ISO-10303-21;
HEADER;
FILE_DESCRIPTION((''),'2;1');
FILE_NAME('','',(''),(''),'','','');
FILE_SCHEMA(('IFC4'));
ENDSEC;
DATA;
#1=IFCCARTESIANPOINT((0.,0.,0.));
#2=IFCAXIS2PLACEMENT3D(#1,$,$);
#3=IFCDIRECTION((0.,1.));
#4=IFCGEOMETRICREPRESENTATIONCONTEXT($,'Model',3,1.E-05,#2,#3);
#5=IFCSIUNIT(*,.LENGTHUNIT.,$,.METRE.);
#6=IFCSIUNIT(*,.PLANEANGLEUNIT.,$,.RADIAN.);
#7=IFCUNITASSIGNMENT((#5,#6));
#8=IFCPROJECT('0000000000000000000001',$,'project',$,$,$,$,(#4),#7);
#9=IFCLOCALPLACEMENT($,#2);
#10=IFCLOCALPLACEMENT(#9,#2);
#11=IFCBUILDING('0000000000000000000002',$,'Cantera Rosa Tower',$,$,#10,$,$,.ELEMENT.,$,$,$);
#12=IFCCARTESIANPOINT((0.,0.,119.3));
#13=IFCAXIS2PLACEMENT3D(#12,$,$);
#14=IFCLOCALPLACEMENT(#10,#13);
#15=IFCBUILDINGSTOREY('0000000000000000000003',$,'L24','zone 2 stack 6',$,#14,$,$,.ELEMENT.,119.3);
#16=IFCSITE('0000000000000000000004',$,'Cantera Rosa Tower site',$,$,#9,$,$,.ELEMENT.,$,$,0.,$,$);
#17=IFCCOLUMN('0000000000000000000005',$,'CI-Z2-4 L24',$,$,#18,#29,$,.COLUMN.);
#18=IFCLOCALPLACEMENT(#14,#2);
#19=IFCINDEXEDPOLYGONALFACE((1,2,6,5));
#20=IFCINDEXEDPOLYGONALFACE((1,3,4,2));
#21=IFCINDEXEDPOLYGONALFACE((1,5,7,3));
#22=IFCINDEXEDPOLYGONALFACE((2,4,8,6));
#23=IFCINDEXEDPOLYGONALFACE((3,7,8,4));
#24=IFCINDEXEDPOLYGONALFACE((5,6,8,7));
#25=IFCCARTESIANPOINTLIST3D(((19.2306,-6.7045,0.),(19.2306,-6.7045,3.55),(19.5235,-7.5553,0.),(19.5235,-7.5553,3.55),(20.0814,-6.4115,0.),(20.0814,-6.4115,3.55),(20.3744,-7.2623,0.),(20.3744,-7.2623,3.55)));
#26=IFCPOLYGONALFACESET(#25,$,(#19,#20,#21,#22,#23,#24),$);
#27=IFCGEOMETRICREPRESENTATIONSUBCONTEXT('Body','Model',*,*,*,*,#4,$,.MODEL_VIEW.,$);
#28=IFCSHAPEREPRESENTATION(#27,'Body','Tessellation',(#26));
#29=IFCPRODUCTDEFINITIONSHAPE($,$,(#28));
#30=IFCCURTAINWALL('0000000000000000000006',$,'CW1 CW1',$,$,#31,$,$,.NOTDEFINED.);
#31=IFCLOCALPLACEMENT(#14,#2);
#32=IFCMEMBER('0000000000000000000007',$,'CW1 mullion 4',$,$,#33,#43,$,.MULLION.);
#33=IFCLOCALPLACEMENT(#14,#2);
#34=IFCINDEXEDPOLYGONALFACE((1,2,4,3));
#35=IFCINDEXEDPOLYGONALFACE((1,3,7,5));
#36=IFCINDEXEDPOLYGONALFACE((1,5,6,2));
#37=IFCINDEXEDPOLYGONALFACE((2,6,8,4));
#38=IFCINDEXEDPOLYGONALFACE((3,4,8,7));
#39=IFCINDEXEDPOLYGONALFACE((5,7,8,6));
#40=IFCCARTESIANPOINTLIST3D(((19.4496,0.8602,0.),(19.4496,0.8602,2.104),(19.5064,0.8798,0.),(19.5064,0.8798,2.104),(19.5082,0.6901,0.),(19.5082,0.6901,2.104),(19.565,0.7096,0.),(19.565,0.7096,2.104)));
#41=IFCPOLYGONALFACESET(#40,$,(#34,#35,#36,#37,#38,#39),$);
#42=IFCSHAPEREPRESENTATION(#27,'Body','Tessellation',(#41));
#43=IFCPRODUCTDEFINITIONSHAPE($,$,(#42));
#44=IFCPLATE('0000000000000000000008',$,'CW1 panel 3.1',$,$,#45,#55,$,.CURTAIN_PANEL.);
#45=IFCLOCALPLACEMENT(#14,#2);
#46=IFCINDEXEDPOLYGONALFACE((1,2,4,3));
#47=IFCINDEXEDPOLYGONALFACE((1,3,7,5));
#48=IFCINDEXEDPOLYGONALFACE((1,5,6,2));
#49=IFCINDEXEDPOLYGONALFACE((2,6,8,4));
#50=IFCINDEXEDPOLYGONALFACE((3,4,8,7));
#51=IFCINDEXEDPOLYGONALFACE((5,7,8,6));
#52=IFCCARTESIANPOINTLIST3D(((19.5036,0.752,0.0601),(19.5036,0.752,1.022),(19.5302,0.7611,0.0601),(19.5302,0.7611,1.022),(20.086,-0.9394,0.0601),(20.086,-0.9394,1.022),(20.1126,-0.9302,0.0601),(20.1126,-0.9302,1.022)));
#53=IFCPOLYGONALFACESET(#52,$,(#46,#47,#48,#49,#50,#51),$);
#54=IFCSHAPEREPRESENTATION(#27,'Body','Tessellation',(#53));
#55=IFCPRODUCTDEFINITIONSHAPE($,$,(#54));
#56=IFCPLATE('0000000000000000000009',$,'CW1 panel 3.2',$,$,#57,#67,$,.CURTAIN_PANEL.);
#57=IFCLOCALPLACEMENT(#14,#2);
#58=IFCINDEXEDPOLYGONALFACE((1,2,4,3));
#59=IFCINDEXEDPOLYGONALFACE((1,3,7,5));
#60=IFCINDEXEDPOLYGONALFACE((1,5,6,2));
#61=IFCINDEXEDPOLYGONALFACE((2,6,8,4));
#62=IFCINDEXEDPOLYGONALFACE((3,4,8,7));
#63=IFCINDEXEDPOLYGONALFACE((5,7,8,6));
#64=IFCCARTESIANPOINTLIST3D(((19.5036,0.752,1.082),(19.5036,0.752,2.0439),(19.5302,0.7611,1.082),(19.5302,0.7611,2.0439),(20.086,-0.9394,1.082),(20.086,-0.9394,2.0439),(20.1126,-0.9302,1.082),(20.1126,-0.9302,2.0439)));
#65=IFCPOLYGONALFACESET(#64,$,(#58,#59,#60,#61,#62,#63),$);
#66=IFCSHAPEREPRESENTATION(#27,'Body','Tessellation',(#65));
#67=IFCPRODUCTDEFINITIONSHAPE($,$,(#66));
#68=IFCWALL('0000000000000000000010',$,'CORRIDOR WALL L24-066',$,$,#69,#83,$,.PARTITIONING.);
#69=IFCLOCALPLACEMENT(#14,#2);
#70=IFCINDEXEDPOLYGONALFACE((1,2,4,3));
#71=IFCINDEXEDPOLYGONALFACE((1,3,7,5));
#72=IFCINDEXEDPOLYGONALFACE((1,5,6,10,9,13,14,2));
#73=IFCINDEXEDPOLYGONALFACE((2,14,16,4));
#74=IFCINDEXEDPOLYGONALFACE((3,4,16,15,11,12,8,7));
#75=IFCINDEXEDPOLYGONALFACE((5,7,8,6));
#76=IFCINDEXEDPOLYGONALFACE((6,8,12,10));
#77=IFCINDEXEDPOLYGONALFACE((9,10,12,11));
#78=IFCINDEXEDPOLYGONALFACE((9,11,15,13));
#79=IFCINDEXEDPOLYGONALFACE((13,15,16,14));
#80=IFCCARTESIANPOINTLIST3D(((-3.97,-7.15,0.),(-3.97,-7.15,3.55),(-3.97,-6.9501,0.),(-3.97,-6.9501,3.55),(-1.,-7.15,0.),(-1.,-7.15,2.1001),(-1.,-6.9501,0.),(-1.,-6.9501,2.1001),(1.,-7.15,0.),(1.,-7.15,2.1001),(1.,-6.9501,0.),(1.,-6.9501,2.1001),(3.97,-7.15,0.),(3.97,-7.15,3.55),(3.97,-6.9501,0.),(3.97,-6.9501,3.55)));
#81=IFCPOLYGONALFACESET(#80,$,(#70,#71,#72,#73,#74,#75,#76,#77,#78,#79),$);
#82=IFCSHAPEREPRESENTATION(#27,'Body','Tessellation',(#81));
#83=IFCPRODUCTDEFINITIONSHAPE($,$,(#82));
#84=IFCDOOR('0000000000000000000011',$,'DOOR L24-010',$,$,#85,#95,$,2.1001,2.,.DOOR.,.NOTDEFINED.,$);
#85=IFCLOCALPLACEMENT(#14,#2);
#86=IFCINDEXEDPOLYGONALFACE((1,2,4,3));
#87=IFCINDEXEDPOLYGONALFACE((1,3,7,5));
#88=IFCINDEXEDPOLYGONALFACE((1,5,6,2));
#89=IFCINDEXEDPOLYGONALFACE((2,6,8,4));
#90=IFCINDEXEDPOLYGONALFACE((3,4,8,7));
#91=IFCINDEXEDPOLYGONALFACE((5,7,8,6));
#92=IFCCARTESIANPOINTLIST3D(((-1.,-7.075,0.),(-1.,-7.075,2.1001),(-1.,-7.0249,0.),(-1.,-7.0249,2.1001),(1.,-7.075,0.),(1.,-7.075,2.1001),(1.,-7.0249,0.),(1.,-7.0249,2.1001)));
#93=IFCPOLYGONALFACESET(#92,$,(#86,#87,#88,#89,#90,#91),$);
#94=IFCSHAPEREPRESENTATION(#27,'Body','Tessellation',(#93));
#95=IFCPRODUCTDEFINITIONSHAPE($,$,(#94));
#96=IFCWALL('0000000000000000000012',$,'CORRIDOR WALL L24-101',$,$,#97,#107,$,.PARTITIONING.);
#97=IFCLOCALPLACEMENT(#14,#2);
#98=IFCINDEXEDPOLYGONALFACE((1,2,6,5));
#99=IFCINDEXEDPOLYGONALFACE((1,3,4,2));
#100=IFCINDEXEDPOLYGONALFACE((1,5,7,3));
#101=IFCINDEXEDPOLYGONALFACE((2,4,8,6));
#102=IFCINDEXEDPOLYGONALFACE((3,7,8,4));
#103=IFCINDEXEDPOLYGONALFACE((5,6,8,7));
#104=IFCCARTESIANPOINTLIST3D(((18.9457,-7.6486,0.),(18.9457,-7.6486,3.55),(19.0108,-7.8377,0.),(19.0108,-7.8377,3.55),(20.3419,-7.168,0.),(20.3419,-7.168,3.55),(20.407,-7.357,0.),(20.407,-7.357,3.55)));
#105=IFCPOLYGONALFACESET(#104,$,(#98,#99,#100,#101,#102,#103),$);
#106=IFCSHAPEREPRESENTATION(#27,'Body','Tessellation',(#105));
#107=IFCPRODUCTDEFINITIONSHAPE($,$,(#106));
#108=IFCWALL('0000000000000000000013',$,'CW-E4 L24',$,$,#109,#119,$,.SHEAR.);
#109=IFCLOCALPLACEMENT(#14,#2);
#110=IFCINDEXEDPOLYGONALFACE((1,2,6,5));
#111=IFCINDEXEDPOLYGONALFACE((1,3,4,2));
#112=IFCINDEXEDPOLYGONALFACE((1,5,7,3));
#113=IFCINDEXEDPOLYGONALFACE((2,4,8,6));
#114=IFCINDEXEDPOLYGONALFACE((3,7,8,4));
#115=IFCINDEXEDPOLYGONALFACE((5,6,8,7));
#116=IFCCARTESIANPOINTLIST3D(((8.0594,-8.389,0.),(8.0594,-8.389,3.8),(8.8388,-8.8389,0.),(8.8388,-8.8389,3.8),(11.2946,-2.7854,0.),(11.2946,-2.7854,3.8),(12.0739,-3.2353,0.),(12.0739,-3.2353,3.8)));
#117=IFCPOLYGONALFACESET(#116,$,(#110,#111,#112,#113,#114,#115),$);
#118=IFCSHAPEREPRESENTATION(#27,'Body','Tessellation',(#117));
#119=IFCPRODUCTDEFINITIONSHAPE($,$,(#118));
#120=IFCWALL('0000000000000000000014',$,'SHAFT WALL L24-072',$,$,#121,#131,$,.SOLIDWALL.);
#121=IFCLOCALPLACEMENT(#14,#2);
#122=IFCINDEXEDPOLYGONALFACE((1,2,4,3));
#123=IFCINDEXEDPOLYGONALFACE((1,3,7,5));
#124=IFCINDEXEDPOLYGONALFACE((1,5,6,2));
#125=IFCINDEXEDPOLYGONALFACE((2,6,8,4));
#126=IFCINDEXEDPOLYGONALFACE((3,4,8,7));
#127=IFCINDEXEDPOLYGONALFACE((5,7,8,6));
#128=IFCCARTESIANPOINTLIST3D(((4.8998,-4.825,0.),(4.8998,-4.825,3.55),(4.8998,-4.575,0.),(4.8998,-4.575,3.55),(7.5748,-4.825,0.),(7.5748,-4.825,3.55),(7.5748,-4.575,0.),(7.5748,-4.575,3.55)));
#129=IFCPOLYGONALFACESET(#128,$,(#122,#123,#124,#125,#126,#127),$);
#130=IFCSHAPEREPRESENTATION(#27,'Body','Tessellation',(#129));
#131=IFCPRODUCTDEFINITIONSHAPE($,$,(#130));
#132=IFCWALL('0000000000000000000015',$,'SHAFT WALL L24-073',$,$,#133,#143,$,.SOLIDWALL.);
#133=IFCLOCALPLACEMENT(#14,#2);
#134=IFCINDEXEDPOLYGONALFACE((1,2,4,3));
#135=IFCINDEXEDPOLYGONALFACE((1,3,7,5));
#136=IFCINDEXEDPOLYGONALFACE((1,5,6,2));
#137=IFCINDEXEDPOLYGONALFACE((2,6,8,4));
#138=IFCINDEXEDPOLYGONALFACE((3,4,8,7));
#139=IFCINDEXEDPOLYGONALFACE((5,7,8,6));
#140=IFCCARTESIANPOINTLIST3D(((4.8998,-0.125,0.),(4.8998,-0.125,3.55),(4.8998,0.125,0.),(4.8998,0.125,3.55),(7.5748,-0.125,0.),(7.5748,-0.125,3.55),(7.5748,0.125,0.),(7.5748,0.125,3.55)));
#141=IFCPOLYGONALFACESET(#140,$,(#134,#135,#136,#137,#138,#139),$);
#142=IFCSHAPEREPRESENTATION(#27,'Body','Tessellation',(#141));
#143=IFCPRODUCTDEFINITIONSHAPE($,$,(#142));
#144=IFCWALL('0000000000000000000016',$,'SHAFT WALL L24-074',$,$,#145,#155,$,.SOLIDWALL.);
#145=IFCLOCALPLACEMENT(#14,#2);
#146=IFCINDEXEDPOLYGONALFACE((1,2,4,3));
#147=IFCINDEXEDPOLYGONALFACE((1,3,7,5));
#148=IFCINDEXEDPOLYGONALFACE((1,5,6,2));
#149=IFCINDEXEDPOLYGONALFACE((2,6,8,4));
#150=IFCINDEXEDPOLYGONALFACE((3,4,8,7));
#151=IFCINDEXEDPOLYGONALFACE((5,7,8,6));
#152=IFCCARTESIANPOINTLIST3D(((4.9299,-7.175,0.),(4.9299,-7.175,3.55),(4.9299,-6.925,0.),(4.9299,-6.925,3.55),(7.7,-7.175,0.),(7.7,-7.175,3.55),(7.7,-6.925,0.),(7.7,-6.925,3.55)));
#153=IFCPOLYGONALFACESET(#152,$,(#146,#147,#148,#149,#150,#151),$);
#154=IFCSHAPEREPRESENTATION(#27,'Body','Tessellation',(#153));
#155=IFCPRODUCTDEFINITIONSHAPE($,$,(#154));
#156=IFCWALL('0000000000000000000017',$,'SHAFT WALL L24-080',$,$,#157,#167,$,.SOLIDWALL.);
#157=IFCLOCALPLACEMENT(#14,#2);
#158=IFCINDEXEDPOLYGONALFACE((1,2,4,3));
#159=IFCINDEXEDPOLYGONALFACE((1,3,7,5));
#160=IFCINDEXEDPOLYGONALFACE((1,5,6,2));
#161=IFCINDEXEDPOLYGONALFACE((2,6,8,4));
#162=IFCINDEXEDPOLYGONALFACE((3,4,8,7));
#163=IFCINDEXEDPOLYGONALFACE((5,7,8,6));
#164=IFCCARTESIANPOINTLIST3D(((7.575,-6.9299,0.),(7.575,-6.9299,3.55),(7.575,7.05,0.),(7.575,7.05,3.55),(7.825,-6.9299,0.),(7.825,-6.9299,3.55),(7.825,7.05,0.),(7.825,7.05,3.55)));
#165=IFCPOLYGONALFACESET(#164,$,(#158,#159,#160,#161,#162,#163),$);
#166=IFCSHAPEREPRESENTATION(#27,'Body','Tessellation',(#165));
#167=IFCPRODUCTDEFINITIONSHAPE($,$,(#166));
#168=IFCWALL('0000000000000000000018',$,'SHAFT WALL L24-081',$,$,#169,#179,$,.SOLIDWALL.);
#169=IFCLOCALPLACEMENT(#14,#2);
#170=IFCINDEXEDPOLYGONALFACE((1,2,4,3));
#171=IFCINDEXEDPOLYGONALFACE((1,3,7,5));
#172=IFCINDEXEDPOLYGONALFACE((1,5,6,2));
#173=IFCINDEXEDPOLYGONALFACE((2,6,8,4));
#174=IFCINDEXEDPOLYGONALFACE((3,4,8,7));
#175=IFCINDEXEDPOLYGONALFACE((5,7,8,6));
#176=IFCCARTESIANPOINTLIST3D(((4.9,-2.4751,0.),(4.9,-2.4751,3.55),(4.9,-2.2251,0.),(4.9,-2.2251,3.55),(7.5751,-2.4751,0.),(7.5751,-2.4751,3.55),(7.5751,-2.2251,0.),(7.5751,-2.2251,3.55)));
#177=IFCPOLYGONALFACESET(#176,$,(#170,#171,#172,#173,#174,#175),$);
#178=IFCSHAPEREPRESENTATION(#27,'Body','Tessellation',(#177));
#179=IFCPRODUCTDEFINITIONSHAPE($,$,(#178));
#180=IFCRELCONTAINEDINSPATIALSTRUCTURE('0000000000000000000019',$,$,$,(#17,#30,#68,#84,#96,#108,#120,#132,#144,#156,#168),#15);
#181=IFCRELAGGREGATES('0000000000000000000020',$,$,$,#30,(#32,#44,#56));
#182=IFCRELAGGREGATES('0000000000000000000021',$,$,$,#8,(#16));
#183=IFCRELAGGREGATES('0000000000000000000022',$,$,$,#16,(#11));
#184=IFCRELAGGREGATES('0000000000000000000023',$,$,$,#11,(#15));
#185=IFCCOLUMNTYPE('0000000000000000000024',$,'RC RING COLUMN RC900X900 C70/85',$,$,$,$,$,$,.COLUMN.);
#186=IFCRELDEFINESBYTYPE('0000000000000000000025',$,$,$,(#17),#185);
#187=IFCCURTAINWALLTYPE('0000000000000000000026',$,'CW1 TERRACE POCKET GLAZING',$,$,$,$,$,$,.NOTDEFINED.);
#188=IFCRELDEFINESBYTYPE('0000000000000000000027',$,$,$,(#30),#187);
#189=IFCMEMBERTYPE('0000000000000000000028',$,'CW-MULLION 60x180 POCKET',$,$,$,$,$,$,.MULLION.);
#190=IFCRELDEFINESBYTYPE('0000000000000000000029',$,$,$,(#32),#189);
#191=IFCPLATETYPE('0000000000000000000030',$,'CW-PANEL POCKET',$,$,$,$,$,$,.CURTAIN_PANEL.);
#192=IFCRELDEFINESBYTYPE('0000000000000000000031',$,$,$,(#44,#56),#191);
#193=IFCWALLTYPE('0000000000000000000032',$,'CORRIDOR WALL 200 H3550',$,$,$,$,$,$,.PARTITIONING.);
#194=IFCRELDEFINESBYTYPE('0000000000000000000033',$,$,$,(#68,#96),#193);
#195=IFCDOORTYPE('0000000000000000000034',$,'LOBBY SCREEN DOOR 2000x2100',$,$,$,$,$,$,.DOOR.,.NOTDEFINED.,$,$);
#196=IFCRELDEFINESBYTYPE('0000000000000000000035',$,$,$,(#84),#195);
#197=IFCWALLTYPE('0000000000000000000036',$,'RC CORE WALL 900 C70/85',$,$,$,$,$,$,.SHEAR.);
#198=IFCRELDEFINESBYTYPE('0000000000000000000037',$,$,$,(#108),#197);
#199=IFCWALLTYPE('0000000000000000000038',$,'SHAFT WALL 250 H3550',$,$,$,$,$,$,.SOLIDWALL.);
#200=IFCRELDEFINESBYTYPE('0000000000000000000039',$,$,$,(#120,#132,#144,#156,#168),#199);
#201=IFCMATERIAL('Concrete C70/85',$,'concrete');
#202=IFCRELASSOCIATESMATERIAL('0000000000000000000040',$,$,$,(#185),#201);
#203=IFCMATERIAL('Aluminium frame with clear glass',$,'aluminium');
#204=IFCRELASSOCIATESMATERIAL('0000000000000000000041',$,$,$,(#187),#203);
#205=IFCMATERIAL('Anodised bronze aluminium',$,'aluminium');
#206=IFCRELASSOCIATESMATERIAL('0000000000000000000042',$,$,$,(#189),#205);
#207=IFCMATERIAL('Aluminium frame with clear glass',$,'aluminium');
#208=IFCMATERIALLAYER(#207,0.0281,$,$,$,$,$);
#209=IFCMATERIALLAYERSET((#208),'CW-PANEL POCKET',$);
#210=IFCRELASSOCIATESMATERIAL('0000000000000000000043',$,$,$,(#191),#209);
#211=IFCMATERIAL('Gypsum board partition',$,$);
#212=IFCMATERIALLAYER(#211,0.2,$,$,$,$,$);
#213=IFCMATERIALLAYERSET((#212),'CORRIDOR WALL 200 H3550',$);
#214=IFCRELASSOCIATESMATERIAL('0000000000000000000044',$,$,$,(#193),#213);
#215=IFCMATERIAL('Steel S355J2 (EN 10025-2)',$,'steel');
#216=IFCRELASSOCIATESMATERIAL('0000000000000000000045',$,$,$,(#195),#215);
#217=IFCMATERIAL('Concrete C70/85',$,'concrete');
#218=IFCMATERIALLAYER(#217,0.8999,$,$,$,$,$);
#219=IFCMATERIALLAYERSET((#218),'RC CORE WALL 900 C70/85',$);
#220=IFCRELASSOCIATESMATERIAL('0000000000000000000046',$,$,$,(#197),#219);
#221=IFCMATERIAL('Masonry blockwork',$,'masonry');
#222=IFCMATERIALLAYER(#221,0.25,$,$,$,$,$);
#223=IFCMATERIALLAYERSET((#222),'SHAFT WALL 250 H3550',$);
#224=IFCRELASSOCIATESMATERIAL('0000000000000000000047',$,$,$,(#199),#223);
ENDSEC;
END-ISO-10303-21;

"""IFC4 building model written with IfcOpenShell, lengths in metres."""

from ifc_helpers import new_model, si_unit, direction, frame, frame_2d, origin, origin_2d, place, context, subcontext, project, spatial, rectangle, extrude, material, layer, layer_set, material_profile, profile_set, type_object, element, fill, aggregate, save


model = new_model("IFC4")

# Units and contexts
model_context = context("Model", 3, precision=1e-05, world=origin(), true_north=direction((0.0, 1.0)))
body_context = subcontext(model_context, "Body", "Model", "MODEL_VIEW")
ifc_project = project(units=[si_unit("LENGTHUNIT", "METRE"), si_unit("PLANEANGLEUNIT", "RADIAN")], contexts=[model_context])

# Site, building, storey
site_placement = place(None, origin())
site = spatial("IfcSite", under=ifc_project, at=site_placement, Name="Cantera Rosa Tower site", CompositionType="ELEMENT", RefElevation=0.0)
building_placement = place(site_placement, origin())
building = spatial("IfcBuilding", under=site, at=building_placement, Name="Cantera Rosa Tower", CompositionType="ELEMENT")
storey_placement = place(building_placement, frame((0.0, 0.0, 119.3)))
storey = spatial("IfcBuildingStorey", under=building, at=storey_placement, Name="L24", Description="zone 2 stack 6", CompositionType="ELEMENT", Elevation=119.3)

# Column
ifc_material_1 = material(Name="Concrete C70/85", Category="concrete")
ifc_material_profile_1 = material_profile(ifc_material_1, rectangle(XDim=0.8999, YDim=0.8999, at=origin_2d()), Name="RC RING COLUMN RC900X900 C70/85")
ifc_profile_set_1 = profile_set([ifc_material_profile_1], Name="Concrete C70/85")
column_type = type_object("IfcColumnType", Name="RC RING COLUMN RC900X900 C70/85", PredefinedType="COLUMN", material=ifc_profile_set_1)
column_placement = place(storey_placement, frame((19.8025, -6.9834, 0.0), z_axis=(0.0, 0.0, 1.0), x_axis=(0.945519, 0.325568, 0.0)))
element("IfcColumn", 1, at=column_placement, inside=storey, type_object=column_type, Name="CI-Z2-4 L24", PredefinedType="COLUMN", context=body_context, shape_type="SweptSolid", body=[
    extrude(rectangle(XDim=0.8999, YDim=0.8999, at=origin_2d()), origin(), (0.0, 0.0, 1.0), 3.55),
])

# Curtain wall, member, plates
ifc_material_2 = material(Name="Aluminium frame with clear glass", Category="aluminium")
curtain_wall_type = type_object("IfcCurtainWallType", Name="CW1 TERRACE POCKET GLAZING", PredefinedType="NOTDEFINED", material=ifc_material_2)
curtain_wall_placement = place(storey_placement, origin())
curtain_wall = element("IfcCurtainWall", 2, at=curtain_wall_placement, inside=storey, type_object=curtain_wall_type, Name="CW1 CW1", PredefinedType="NOTDEFINED")
ifc_material_3 = material(Name="Anodised bronze aluminium", Category="aluminium")
ifc_material_profile_2 = material_profile(ifc_material_3, rectangle(XDim=0.0601, YDim=0.1799, at=origin_2d()), Name="CW-MULLION 60x180 POCKET")
ifc_profile_set_2 = profile_set([ifc_material_profile_2], Name="Anodised bronze aluminium")
member_type = type_object("IfcMemberType", Name="CW-MULLION 60x180 POCKET", PredefinedType="MULLION", material=ifc_profile_set_2)
member_placement = place(storey_placement, frame((19.5073, 0.7849, 0.0), z_axis=(0.0, 0.0, 1.0), x_axis=(-0.945519, -0.325568, 0.0)))
member = element("IfcMember", 3, at=member_placement, type_object=member_type, Name="CW1 mullion 4", PredefinedType="MULLION", context=body_context, shape_type="SweptSolid", body=[
    extrude(rectangle(XDim=0.0601, YDim=0.1799, at=origin_2d()), origin(), (0.0, 0.0, 1.0), 2.104),
])
ifc_material_4 = material(Name="Aluminium frame with clear glass", Category="aluminium")
ifc_layer_1 = layer(ifc_material_4, 0.0281)
ifc_layer_set_1 = layer_set([ifc_layer_1], Name="CW-PANEL POCKET")
plate_type = type_object("IfcPlateType", Name="CW-PANEL POCKET", PredefinedType="CURTAIN_PANEL", material=ifc_layer_set_1)
plate_1_placement = place(storey_placement, frame((19.8081, -0.0891, 0.0601), z_axis=(0.0, 0.0, 1.0), x_axis=(-0.325568, 0.945519, 0.0)))
plate_1 = element("IfcPlate", 4, at=plate_1_placement, type_object=plate_type, Name="CW1 panel 3.1", PredefinedType="CURTAIN_PANEL", context=body_context, shape_type="SweptSolid", body=[
    extrude(rectangle(XDim=1.7888, YDim=0.0281, at=origin_2d()), origin(), (0.0, 0.0, 1.0), 0.9619),
])
plate_2_placement = place(storey_placement, frame((19.8081, -0.0891, 1.082), z_axis=(0.0, 0.0, 1.0), x_axis=(-0.325568, 0.945519, 0.0)))
plate_2 = element("IfcPlate", 5, at=plate_2_placement, type_object=plate_type, Name="CW1 panel 3.2", PredefinedType="CURTAIN_PANEL", context=body_context, shape_type="SweptSolid", body=[
    extrude(rectangle(XDim=1.7888, YDim=0.0281, at=origin_2d()), origin(), (0.0, 0.0, 1.0), 0.9619),
])
aggregate(curtain_wall, [member, plate_1, plate_2])

# Wall, opening, door
ifc_material_5 = material(Name="Gypsum board partition")
ifc_layer_2 = layer(ifc_material_5, 0.2)
ifc_layer_set_2 = layer_set([ifc_layer_2], Name="CORRIDOR WALL 200 H3550")
wall_type_1 = type_object("IfcWallType", Name="CORRIDOR WALL 200 H3550", PredefinedType="PARTITIONING", material=ifc_layer_set_2)
wall_1_placement = place(storey_placement, frame((3.97, -7.05, 0.0), z_axis=(0.0, 0.0, 1.0), x_axis=(-1.0, 0.0, 0.0)))
wall_1 = element("IfcWall", 6, at=wall_1_placement, inside=storey, type_object=wall_type_1, Name="CORRIDOR WALL L24-066", PredefinedType="PARTITIONING", context=body_context, shape_type="SweptSolid", body=[
    extrude(rectangle(XDim=7.9399, YDim=0.2, at=frame_2d((3.97, 0.0))), origin(), (0.0, 0.0, 1.0), 3.55),
])
opening_1_placement = place(wall_1_placement, frame((2.97, 0.0, 0.0)))
opening_1 = element("IfcOpeningElement", 7, at=opening_1_placement, cuts=wall_1, PredefinedType="OPENING", context=body_context, shape_type="SweptSolid", body=[
    extrude(rectangle(XDim=2.0, YDim=2.1001, at=frame_2d((1.0, 1.05))), frame((0.0, 0.1099, 0.0), z_axis=(0.0, -1.0, 0.0), x_axis=(1.0, 0.0, 0.0)), (0.0, 0.0, 1.0), 0.22),
])
ifc_material_6 = material(Name="Steel S355J2 (EN 10025-2)", Category="steel")
door_type_1 = type_object("IfcDoorType", Name="LOBBY SCREEN DOOR 2000x2100", OperationType="NOTDEFINED", PredefinedType="DOOR", material=ifc_material_6)
door_1_placement = place(opening_1_placement, origin())
door_1 = element("IfcDoor", 8, at=door_1_placement, inside=storey, type_object=door_type_1, Name="DOOR L24-010", OperationType="NOTDEFINED", OverallHeight=2.1001, OverallWidth=2.0, PredefinedType="DOOR", context=body_context, shape_type="SweptSolid", body=[
    extrude(rectangle(XDim=2.0, YDim=2.1001, at=frame_2d((1.0, 1.05))), frame((0.0, 0.0249, 0.0), z_axis=(0.0, -1.0, 0.0), x_axis=(1.0, 0.0, 0.0)), (0.0, 0.0, 1.0), 0.05),
])
fill(opening_1, door_1)

# Walls
wall_2_placement = place(storey_placement, frame((18.9783, -7.7432, 0.0), z_axis=(0.0, 0.0, 1.0), x_axis=(0.945529, 0.325537, 0.0)))
element("IfcWall", 9, at=wall_2_placement, inside=storey, type_object=wall_type_1, Name="CORRIDOR WALL L24-101", PredefinedType="PARTITIONING", context=body_context, shape_type="SweptSolid", body=[
    extrude(rectangle(XDim=1.4766, YDim=0.2, at=frame_2d((0.7383, 0.0))), origin(), (0.0, 0.0, 1.0), 3.55),
])
ifc_material_7 = material(Name="Concrete C70/85", Category="concrete")
ifc_layer_3 = layer(ifc_material_7, 0.8999)
ifc_layer_set_3 = layer_set([ifc_layer_3], Name="RC CORE WALL 900 C70/85")
wall_type_2 = type_object("IfcWallType", Name="RC CORE WALL 900 C70/85", PredefinedType="SHEAR", material=ifc_layer_set_3)
wall_3_placement = place(storey_placement, frame((11.6843, -3.0103, 0.0), z_axis=(0.0, 0.0, 1.0), x_axis=(-0.49999, -0.866031, 0.0)))
element("IfcWall", 10, at=wall_3_placement, inside=storey, type_object=wall_type_2, Name="CW-E4 L24", PredefinedType="SHEAR", context=body_context, shape_type="SweptSolid", body=[
    extrude(rectangle(XDim=6.4705, YDim=0.8999, at=frame_2d((3.2354, 0.0))), origin(), (0.0, 0.0, 1.0), 3.8),
])
ifc_material_8 = material(Name="Masonry blockwork", Category="masonry")
ifc_layer_4 = layer(ifc_material_8, 0.25)
ifc_layer_set_4 = layer_set([ifc_layer_4], Name="SHAFT WALL 250 H3550")
wall_type_3 = type_object("IfcWallType", Name="SHAFT WALL 250 H3550", PredefinedType="SOLIDWALL", material=ifc_layer_set_4)
for number, where, z_axis, x_axis, name in (
    (11, (4.8999, -4.7, 0.0), (0.0, 0.0, 1.0), (1.0, 0.0, 0.0), "SHAFT WALL L24-072"),
    (12, (4.8999, 0.0, 0.0), (0.0, 0.0, 1.0), (1.0, 0.0, 0.0), "SHAFT WALL L24-073"),
):
    element("IfcWall", number, at=place(storey_placement, frame(where, z_axis=z_axis, x_axis=x_axis)), inside=storey, type_object=wall_type_3, Name=name, PredefinedType="SOLIDWALL", context=body_context, shape_type="SweptSolid", body=[
        extrude(rectangle(XDim=2.675, YDim=0.25, at=frame_2d((1.3374, 0.0))), origin(), (0.0, 0.0, 1.0), 3.55),
    ])
wall_4_placement = place(storey_placement, frame((4.9299, -7.05, 0.0), z_axis=(0.0, 0.0, 1.0), x_axis=(1.0, 0.0, 0.0)))
element("IfcWall", 13, at=wall_4_placement, inside=storey, type_object=wall_type_3, Name="SHAFT WALL L24-074", PredefinedType="SOLIDWALL", context=body_context, shape_type="SweptSolid", body=[
    extrude(rectangle(XDim=2.77, YDim=0.25, at=frame_2d((1.385, 0.0))), origin(), (0.0, 0.0, 1.0), 3.55),
])
wall_5_placement = place(storey_placement, frame((7.7, -6.9299, 0.0), z_axis=(0.0, 0.0, 1.0), x_axis=(0.0, 1.0, 0.0)))
element("IfcWall", 14, at=wall_5_placement, inside=storey, type_object=wall_type_3, Name="SHAFT WALL L24-080", PredefinedType="SOLIDWALL", context=body_context, shape_type="SweptSolid", body=[
    extrude(rectangle(XDim=13.98, YDim=0.25, at=frame_2d((6.99, 0.0))), origin(), (0.0, 0.0, 1.0), 3.55),
])
wall_6_placement = place(storey_placement, frame((7.575, -2.3501, 0.0), z_axis=(0.0, 0.0, 1.0), x_axis=(-1.0, 0.0, 0.0)))
element("IfcWall", 15, at=wall_6_placement, inside=storey, type_object=wall_type_3, Name="SHAFT WALL L24-081", PredefinedType="SOLIDWALL", context=body_context, shape_type="SweptSolid", body=[
    extrude(rectangle(XDim=2.675, YDim=0.25, at=frame_2d((1.3374, 0.0))), origin(), (0.0, 0.0, 1.0), 3.55),
])

save(model, "model.ifc")
